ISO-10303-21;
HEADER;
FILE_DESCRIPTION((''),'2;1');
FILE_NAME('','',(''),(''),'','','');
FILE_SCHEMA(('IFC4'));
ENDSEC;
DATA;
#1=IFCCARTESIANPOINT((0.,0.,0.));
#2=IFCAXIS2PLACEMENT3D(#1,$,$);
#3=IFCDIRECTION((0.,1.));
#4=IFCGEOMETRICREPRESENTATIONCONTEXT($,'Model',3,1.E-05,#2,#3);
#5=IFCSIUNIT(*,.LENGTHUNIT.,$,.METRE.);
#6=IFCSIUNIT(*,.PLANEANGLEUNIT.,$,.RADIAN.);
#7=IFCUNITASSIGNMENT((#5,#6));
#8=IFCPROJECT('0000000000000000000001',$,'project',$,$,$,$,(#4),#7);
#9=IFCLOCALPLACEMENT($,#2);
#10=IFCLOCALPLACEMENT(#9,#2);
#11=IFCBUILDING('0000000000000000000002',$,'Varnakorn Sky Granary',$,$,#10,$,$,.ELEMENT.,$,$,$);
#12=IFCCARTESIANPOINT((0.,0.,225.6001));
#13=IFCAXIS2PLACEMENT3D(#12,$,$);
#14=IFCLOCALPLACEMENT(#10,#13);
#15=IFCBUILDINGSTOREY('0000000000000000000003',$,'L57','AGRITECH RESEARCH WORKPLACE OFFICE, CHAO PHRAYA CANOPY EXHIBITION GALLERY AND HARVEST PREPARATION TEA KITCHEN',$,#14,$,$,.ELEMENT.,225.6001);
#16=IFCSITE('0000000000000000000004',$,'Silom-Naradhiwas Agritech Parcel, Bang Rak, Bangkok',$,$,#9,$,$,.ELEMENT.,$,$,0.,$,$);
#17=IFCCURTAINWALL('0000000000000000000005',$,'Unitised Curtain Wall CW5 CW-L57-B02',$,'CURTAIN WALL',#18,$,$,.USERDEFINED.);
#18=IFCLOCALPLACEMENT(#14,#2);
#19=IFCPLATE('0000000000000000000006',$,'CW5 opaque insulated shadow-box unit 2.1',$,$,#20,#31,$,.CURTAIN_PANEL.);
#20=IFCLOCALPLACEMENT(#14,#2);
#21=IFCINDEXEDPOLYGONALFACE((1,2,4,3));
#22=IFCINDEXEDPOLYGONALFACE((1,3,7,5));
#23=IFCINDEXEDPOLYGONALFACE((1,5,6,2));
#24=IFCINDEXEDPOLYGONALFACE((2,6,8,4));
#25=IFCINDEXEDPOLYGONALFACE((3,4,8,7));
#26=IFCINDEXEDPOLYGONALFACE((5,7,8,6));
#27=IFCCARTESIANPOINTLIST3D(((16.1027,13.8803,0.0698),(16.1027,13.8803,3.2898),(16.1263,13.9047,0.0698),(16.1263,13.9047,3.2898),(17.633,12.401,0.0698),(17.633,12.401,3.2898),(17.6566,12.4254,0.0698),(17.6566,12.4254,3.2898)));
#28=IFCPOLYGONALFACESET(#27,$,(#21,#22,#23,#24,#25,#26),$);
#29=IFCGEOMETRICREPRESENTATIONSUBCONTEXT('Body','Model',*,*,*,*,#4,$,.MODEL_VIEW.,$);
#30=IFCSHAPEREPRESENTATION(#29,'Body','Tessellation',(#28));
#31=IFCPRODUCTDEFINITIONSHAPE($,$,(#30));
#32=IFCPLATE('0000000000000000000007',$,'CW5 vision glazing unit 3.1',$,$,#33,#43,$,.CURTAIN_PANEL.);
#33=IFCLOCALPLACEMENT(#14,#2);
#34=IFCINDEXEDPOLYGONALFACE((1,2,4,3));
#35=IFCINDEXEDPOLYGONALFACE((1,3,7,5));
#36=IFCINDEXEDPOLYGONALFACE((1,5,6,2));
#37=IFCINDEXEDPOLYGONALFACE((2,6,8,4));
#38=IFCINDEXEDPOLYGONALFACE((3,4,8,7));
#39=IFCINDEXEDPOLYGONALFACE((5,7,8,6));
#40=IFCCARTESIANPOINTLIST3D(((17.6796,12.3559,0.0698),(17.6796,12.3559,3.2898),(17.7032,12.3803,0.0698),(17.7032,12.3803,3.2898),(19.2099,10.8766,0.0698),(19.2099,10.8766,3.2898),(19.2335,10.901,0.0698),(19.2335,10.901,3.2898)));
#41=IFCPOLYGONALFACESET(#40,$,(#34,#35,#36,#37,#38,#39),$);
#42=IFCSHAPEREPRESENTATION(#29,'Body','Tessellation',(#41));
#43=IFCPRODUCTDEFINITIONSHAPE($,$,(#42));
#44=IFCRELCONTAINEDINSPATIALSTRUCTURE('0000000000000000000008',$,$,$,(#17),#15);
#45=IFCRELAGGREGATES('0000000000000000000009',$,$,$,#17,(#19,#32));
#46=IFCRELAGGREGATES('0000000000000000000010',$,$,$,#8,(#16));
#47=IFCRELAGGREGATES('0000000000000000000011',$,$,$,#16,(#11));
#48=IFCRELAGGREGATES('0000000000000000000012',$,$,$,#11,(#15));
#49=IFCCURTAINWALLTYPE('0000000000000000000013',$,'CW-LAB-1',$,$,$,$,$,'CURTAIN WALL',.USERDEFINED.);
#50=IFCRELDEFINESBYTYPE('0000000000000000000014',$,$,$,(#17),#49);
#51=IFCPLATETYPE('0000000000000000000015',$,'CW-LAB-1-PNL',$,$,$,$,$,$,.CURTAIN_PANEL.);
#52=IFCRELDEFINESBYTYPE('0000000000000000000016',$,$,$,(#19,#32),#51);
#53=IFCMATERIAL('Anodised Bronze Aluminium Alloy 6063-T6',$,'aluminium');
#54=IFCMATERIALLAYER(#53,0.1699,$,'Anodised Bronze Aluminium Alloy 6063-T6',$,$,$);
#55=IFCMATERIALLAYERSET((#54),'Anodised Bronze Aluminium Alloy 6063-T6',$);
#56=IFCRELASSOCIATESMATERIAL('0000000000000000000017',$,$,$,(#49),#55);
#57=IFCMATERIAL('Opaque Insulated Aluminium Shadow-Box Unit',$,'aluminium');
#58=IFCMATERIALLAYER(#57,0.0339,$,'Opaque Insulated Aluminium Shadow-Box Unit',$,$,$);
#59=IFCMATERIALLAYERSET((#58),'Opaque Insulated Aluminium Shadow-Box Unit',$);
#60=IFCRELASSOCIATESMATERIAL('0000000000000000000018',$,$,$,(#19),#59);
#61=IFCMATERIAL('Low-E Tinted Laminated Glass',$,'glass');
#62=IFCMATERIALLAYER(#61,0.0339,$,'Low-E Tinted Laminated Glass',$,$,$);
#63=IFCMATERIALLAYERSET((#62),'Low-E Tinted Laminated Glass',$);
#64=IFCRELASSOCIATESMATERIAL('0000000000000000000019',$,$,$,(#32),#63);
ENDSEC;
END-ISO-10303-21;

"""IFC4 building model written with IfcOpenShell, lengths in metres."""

from ifc_helpers import new_model, si_unit, direction, frame, origin, origin_2d, place, context, subcontext, project, spatial, rectangle, extrude, source, transform, mapped, material, layer, layer_set, type_object, element, aggregate, save


model = new_model("IFC4")

# Units and contexts
model_context = context("Model", 3, precision=1e-05, world=origin(), true_north=direction((0.0, 1.0)))
body_context = subcontext(model_context, "Body", "Model", "MODEL_VIEW")
ifc_project = project(units=[si_unit("LENGTHUNIT", "METRE"), si_unit("PLANEANGLEUNIT", "RADIAN")], contexts=[model_context])

# Site, building, storey
site_placement = place(None, origin())
site = spatial("IfcSite", under=ifc_project, at=site_placement, Name="Silom-Naradhiwas Agritech Parcel, Bang Rak, Bangkok", CompositionType="ELEMENT", RefElevation=0.0)
building_placement = place(site_placement, origin())
building = spatial("IfcBuilding", under=site, at=building_placement, Name="Varnakorn Sky Granary", CompositionType="ELEMENT")
storey_placement = place(building_placement, frame((0.0, 0.0, 225.6001)))
storey = spatial("IfcBuildingStorey", under=building, at=storey_placement, Name="L57", Description="AGRITECH RESEARCH WORKPLACE OFFICE, CHAO PHRAYA CANOPY EXHIBITION GALLERY AND HARVEST PREPARATION TEA KITCHEN", CompositionType="ELEMENT", Elevation=225.6001)

# Curtain wall
ifc_material_1 = material(Name="Anodised Bronze Aluminium Alloy 6063-T6", Category="aluminium")
ifc_layer_1 = layer(ifc_material_1, 0.1699, Name="Anodised Bronze Aluminium Alloy 6063-T6")
ifc_layer_set_1 = layer_set([ifc_layer_1], Name="Anodised Bronze Aluminium Alloy 6063-T6")
curtain_wall_type = type_object("IfcCurtainWallType", Name="CW-LAB-1", ElementType="CURTAIN WALL", PredefinedType="USERDEFINED", material=ifc_layer_set_1)
curtain_wall_placement = place(storey_placement, origin())
curtain_wall = element("IfcCurtainWall", 1, at=curtain_wall_placement, inside=storey, type_object=curtain_wall_type, Name="Unitised Curtain Wall CW5 CW-L57-B02", ObjectType="CURTAIN WALL", PredefinedType="USERDEFINED")

# Plates
ifc_material_2 = material(Name="Opaque Insulated Aluminium Shadow-Box Unit", Category="aluminium")
ifc_layer_2 = layer(ifc_material_2, 0.0339, Name="Opaque Insulated Aluminium Shadow-Box Unit")
ifc_layer_set_2 = layer_set([ifc_layer_2], Name="Opaque Insulated Aluminium Shadow-Box Unit")
plate_type_1 = type_object("IfcPlateType", Name="CW-LAB-1-PNL", PredefinedType="CURTAIN_PANEL")
ifc_material_3 = material(Name="Low-E Tinted Laminated Glass", Category="glass")
ifc_layer_3 = layer(ifc_material_3, 0.0339, Name="Low-E Tinted Laminated Glass")
ifc_layer_set_3 = layer_set([ifc_layer_3], Name="Low-E Tinted Laminated Glass")
shared_shape_1 = source(origin(), body_context, "Body", "SweptSolid", [
    extrude(rectangle(XDim=2.1284, YDim=0.0339, at=origin_2d()), origin(), (0.0, 0.0, 1.0), 3.22),
])
plate_1_placement = place(storey_placement, frame((16.8796, 13.1528, 0.0698), z_axis=(0.0, 0.0, 1.0), x_axis=(0.719001, -0.695009, 0.0)))
plate_1 = element("IfcPlate", 2, at=plate_1_placement, type_object=plate_type_1, material=ifc_layer_set_2, Name="CW5 opaque insulated shadow-box unit 2.1", PredefinedType="CURTAIN_PANEL", context=body_context, shape_type="MappedRepresentation", body=[
    mapped(shared_shape_1, transform((0.0, 0.0, 0.0), x_axis=(1.0, 0.0, 0.0), y_axis=(0.0, 1.0, 0.0), z_axis=(0.0, 0.0, 1.0), scale=1.0)),
])
plate_2_placement = place(storey_placement, frame((18.4565, 11.6284, 0.0698), z_axis=(0.0, 0.0, 1.0), x_axis=(0.719001, -0.695009, 0.0)))
plate_2 = element("IfcPlate", 3, at=plate_2_placement, type_object=plate_type_1, material=ifc_layer_set_3, Name="CW5 vision glazing unit 3.1", PredefinedType="CURTAIN_PANEL", context=body_context, shape_type="MappedRepresentation", body=[
    mapped(shared_shape_1, transform((0.0, 0.0, 0.0), x_axis=(1.0, 0.0, 0.0), y_axis=(0.0, 1.0, 0.0), z_axis=(0.0, 0.0, 1.0), scale=1.0)),
])
aggregate(curtain_wall, [plate_1, plate_2])

save(model, "model.ifc")
